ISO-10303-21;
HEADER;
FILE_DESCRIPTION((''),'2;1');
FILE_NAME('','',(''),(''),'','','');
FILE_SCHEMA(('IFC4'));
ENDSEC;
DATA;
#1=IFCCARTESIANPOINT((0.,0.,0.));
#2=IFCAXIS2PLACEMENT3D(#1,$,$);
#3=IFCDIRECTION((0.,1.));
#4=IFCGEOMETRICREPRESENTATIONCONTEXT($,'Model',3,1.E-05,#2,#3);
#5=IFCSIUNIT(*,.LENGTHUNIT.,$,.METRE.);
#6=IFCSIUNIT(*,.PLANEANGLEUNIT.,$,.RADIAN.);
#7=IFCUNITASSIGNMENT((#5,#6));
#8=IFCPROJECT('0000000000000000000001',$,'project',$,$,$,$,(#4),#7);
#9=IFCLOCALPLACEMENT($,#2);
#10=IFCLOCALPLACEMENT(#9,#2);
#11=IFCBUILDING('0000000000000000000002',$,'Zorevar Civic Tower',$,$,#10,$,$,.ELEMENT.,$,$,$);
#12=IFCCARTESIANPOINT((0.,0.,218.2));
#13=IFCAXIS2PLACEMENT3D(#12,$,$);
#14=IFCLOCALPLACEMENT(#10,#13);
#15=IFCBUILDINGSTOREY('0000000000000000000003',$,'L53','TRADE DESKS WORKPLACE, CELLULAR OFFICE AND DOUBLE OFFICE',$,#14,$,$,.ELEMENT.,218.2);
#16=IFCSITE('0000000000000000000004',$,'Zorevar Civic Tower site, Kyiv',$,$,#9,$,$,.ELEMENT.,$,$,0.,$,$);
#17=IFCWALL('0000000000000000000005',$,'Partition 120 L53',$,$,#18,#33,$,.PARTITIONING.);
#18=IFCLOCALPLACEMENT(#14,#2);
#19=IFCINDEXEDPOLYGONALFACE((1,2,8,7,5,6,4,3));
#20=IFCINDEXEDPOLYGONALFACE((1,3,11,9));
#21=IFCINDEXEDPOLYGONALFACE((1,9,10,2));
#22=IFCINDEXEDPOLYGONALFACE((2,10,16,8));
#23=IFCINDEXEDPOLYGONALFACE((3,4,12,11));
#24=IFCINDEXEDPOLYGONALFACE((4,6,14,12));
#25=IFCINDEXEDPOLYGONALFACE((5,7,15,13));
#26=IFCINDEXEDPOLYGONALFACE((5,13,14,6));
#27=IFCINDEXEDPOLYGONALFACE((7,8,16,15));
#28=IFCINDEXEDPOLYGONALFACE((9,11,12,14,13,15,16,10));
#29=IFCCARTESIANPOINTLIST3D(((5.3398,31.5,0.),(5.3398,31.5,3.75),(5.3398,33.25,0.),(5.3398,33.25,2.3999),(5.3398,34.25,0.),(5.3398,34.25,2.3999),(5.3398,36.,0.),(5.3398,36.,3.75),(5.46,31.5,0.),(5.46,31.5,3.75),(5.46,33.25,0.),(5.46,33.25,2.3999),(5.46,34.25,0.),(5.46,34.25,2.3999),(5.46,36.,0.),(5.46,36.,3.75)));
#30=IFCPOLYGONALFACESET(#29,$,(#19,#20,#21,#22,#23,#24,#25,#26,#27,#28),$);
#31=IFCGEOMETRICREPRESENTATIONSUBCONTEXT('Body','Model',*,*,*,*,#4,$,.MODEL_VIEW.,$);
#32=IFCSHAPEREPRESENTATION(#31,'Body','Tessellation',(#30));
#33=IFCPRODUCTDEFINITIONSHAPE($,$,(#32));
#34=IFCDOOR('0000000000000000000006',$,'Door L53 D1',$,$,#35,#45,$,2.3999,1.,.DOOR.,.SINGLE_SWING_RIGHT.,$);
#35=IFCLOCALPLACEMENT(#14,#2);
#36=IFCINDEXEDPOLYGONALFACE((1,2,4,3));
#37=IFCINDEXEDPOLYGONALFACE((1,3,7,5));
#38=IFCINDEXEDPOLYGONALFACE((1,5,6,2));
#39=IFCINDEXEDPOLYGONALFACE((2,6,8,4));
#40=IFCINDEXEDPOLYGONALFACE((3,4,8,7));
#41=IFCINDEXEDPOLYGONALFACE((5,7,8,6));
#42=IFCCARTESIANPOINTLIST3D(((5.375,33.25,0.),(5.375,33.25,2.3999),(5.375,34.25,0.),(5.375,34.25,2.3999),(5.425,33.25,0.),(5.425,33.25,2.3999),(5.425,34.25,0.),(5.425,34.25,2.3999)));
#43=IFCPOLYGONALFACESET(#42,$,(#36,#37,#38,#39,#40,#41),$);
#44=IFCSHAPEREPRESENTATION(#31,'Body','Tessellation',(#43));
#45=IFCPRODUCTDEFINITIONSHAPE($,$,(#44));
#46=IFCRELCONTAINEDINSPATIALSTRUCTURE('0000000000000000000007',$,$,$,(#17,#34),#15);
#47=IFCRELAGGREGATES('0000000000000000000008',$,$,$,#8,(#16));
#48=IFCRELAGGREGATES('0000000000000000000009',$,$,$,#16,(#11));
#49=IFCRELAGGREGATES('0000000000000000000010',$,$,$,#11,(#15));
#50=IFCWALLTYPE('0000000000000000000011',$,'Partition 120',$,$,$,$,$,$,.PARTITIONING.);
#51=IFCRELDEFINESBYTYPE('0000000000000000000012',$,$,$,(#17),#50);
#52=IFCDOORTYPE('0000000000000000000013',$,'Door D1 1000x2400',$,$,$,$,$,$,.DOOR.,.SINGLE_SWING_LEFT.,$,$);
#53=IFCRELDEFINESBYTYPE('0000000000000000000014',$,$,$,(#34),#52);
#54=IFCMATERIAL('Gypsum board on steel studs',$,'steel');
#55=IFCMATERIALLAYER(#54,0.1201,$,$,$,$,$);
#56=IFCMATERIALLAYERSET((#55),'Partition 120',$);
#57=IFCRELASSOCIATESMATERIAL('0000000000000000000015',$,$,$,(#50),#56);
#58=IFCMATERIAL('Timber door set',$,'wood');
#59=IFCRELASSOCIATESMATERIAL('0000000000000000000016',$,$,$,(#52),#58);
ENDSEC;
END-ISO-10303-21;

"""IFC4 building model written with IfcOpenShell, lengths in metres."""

from ifc_helpers import new_model, si_unit, direction, frame, frame_2d, origin, place, context, subcontext, project, spatial, rectangle, extrude, material, layer, layer_set, type_object, element, fill, save


model = new_model("IFC4")

# Units and contexts
model_context = context("Model", 3, precision=1e-05, world=origin(), true_north=direction((0.0, 1.0)))
body_context = subcontext(model_context, "Body", "Model", "MODEL_VIEW")
ifc_project = project(units=[si_unit("LENGTHUNIT", "METRE"), si_unit("PLANEANGLEUNIT", "RADIAN")], contexts=[model_context])

# Site, building, storey
site_placement = place(None, origin())
site = spatial("IfcSite", under=ifc_project, at=site_placement, Name="Zorevar Civic Tower site, Kyiv", CompositionType="ELEMENT", RefElevation=0.0)
building_placement = place(site_placement, origin())
building = spatial("IfcBuilding", under=site, at=building_placement, Name="Zorevar Civic Tower", CompositionType="ELEMENT")
storey_placement = place(building_placement, frame((0.0, 0.0, 218.2)))
storey = spatial("IfcBuildingStorey", under=building, at=storey_placement, Name="L53", Description="TRADE DESKS WORKPLACE, CELLULAR OFFICE AND DOUBLE OFFICE", CompositionType="ELEMENT", Elevation=218.2)

# Shared definitions
ifc_material_1 = material(Name="Gypsum board on steel studs", Category="steel")
ifc_layer_1 = layer(ifc_material_1, 0.1201)
ifc_layer_set_1 = layer_set([ifc_layer_1], Name="Partition 120")
wall_type = type_object("IfcWallType", Name="Partition 120", PredefinedType="PARTITIONING", material=ifc_layer_set_1)

# Wall, opening, door
wall_1_placement = place(storey_placement, frame((5.3999, 31.5, 0.0), z_axis=(0.0, 0.0, 1.0), x_axis=(0.0, 1.0, 0.0)))
wall_1 = element("IfcWall", 1, at=wall_1_placement, inside=storey, type_object=wall_type, Name="Partition 120 L53", PredefinedType="PARTITIONING", context=body_context, shape_type="SweptSolid", body=[
    extrude(rectangle(XDim=4.5, YDim=0.1201, at=frame_2d((2.25, 0.0))), origin(), (0.0, 0.0, 1.0), 3.75),
])
opening_placement = place(wall_1_placement, frame((1.75, 0.0, 0.0)))
opening = element("IfcOpeningElement", 2, at=opening_placement, cuts=wall_1, PredefinedType="OPENING", context=body_context, shape_type="SweptSolid", body=[
    extrude(rectangle(XDim=1.0, YDim=2.3999, at=frame_2d((0.5, 1.2))), frame((0.0, 0.0701, 0.0), z_axis=(0.0, -1.0, 0.0), x_axis=(1.0, 0.0, 0.0)), (0.0, 0.0, 1.0), 0.1401),
])
ifc_material_2 = material(Name="Timber door set", Category="wood")
door_type = type_object("IfcDoorType", Name="Door D1 1000x2400", OperationType="SINGLE_SWING_LEFT", PredefinedType="DOOR", material=ifc_material_2)
door_placement = place(opening_placement, origin())
door = element("IfcDoor", 3, at=door_placement, inside=storey, type_object=door_type, Name="Door L53 D1", OperationType="SINGLE_SWING_RIGHT", OverallHeight=2.3999, OverallWidth=1.0, PredefinedType="DOOR", context=body_context, shape_type="SweptSolid", body=[
    extrude(rectangle(XDim=1.0, YDim=2.3999, at=frame_2d((0.5, 1.2))), frame((0.0, 0.0249, 0.0), z_axis=(0.0, -1.0, 0.0), x_axis=(1.0, 0.0, 0.0)), (0.0, 0.0, 1.0), 0.05),
])
fill(opening, door)

save(model, "model.ifc")
